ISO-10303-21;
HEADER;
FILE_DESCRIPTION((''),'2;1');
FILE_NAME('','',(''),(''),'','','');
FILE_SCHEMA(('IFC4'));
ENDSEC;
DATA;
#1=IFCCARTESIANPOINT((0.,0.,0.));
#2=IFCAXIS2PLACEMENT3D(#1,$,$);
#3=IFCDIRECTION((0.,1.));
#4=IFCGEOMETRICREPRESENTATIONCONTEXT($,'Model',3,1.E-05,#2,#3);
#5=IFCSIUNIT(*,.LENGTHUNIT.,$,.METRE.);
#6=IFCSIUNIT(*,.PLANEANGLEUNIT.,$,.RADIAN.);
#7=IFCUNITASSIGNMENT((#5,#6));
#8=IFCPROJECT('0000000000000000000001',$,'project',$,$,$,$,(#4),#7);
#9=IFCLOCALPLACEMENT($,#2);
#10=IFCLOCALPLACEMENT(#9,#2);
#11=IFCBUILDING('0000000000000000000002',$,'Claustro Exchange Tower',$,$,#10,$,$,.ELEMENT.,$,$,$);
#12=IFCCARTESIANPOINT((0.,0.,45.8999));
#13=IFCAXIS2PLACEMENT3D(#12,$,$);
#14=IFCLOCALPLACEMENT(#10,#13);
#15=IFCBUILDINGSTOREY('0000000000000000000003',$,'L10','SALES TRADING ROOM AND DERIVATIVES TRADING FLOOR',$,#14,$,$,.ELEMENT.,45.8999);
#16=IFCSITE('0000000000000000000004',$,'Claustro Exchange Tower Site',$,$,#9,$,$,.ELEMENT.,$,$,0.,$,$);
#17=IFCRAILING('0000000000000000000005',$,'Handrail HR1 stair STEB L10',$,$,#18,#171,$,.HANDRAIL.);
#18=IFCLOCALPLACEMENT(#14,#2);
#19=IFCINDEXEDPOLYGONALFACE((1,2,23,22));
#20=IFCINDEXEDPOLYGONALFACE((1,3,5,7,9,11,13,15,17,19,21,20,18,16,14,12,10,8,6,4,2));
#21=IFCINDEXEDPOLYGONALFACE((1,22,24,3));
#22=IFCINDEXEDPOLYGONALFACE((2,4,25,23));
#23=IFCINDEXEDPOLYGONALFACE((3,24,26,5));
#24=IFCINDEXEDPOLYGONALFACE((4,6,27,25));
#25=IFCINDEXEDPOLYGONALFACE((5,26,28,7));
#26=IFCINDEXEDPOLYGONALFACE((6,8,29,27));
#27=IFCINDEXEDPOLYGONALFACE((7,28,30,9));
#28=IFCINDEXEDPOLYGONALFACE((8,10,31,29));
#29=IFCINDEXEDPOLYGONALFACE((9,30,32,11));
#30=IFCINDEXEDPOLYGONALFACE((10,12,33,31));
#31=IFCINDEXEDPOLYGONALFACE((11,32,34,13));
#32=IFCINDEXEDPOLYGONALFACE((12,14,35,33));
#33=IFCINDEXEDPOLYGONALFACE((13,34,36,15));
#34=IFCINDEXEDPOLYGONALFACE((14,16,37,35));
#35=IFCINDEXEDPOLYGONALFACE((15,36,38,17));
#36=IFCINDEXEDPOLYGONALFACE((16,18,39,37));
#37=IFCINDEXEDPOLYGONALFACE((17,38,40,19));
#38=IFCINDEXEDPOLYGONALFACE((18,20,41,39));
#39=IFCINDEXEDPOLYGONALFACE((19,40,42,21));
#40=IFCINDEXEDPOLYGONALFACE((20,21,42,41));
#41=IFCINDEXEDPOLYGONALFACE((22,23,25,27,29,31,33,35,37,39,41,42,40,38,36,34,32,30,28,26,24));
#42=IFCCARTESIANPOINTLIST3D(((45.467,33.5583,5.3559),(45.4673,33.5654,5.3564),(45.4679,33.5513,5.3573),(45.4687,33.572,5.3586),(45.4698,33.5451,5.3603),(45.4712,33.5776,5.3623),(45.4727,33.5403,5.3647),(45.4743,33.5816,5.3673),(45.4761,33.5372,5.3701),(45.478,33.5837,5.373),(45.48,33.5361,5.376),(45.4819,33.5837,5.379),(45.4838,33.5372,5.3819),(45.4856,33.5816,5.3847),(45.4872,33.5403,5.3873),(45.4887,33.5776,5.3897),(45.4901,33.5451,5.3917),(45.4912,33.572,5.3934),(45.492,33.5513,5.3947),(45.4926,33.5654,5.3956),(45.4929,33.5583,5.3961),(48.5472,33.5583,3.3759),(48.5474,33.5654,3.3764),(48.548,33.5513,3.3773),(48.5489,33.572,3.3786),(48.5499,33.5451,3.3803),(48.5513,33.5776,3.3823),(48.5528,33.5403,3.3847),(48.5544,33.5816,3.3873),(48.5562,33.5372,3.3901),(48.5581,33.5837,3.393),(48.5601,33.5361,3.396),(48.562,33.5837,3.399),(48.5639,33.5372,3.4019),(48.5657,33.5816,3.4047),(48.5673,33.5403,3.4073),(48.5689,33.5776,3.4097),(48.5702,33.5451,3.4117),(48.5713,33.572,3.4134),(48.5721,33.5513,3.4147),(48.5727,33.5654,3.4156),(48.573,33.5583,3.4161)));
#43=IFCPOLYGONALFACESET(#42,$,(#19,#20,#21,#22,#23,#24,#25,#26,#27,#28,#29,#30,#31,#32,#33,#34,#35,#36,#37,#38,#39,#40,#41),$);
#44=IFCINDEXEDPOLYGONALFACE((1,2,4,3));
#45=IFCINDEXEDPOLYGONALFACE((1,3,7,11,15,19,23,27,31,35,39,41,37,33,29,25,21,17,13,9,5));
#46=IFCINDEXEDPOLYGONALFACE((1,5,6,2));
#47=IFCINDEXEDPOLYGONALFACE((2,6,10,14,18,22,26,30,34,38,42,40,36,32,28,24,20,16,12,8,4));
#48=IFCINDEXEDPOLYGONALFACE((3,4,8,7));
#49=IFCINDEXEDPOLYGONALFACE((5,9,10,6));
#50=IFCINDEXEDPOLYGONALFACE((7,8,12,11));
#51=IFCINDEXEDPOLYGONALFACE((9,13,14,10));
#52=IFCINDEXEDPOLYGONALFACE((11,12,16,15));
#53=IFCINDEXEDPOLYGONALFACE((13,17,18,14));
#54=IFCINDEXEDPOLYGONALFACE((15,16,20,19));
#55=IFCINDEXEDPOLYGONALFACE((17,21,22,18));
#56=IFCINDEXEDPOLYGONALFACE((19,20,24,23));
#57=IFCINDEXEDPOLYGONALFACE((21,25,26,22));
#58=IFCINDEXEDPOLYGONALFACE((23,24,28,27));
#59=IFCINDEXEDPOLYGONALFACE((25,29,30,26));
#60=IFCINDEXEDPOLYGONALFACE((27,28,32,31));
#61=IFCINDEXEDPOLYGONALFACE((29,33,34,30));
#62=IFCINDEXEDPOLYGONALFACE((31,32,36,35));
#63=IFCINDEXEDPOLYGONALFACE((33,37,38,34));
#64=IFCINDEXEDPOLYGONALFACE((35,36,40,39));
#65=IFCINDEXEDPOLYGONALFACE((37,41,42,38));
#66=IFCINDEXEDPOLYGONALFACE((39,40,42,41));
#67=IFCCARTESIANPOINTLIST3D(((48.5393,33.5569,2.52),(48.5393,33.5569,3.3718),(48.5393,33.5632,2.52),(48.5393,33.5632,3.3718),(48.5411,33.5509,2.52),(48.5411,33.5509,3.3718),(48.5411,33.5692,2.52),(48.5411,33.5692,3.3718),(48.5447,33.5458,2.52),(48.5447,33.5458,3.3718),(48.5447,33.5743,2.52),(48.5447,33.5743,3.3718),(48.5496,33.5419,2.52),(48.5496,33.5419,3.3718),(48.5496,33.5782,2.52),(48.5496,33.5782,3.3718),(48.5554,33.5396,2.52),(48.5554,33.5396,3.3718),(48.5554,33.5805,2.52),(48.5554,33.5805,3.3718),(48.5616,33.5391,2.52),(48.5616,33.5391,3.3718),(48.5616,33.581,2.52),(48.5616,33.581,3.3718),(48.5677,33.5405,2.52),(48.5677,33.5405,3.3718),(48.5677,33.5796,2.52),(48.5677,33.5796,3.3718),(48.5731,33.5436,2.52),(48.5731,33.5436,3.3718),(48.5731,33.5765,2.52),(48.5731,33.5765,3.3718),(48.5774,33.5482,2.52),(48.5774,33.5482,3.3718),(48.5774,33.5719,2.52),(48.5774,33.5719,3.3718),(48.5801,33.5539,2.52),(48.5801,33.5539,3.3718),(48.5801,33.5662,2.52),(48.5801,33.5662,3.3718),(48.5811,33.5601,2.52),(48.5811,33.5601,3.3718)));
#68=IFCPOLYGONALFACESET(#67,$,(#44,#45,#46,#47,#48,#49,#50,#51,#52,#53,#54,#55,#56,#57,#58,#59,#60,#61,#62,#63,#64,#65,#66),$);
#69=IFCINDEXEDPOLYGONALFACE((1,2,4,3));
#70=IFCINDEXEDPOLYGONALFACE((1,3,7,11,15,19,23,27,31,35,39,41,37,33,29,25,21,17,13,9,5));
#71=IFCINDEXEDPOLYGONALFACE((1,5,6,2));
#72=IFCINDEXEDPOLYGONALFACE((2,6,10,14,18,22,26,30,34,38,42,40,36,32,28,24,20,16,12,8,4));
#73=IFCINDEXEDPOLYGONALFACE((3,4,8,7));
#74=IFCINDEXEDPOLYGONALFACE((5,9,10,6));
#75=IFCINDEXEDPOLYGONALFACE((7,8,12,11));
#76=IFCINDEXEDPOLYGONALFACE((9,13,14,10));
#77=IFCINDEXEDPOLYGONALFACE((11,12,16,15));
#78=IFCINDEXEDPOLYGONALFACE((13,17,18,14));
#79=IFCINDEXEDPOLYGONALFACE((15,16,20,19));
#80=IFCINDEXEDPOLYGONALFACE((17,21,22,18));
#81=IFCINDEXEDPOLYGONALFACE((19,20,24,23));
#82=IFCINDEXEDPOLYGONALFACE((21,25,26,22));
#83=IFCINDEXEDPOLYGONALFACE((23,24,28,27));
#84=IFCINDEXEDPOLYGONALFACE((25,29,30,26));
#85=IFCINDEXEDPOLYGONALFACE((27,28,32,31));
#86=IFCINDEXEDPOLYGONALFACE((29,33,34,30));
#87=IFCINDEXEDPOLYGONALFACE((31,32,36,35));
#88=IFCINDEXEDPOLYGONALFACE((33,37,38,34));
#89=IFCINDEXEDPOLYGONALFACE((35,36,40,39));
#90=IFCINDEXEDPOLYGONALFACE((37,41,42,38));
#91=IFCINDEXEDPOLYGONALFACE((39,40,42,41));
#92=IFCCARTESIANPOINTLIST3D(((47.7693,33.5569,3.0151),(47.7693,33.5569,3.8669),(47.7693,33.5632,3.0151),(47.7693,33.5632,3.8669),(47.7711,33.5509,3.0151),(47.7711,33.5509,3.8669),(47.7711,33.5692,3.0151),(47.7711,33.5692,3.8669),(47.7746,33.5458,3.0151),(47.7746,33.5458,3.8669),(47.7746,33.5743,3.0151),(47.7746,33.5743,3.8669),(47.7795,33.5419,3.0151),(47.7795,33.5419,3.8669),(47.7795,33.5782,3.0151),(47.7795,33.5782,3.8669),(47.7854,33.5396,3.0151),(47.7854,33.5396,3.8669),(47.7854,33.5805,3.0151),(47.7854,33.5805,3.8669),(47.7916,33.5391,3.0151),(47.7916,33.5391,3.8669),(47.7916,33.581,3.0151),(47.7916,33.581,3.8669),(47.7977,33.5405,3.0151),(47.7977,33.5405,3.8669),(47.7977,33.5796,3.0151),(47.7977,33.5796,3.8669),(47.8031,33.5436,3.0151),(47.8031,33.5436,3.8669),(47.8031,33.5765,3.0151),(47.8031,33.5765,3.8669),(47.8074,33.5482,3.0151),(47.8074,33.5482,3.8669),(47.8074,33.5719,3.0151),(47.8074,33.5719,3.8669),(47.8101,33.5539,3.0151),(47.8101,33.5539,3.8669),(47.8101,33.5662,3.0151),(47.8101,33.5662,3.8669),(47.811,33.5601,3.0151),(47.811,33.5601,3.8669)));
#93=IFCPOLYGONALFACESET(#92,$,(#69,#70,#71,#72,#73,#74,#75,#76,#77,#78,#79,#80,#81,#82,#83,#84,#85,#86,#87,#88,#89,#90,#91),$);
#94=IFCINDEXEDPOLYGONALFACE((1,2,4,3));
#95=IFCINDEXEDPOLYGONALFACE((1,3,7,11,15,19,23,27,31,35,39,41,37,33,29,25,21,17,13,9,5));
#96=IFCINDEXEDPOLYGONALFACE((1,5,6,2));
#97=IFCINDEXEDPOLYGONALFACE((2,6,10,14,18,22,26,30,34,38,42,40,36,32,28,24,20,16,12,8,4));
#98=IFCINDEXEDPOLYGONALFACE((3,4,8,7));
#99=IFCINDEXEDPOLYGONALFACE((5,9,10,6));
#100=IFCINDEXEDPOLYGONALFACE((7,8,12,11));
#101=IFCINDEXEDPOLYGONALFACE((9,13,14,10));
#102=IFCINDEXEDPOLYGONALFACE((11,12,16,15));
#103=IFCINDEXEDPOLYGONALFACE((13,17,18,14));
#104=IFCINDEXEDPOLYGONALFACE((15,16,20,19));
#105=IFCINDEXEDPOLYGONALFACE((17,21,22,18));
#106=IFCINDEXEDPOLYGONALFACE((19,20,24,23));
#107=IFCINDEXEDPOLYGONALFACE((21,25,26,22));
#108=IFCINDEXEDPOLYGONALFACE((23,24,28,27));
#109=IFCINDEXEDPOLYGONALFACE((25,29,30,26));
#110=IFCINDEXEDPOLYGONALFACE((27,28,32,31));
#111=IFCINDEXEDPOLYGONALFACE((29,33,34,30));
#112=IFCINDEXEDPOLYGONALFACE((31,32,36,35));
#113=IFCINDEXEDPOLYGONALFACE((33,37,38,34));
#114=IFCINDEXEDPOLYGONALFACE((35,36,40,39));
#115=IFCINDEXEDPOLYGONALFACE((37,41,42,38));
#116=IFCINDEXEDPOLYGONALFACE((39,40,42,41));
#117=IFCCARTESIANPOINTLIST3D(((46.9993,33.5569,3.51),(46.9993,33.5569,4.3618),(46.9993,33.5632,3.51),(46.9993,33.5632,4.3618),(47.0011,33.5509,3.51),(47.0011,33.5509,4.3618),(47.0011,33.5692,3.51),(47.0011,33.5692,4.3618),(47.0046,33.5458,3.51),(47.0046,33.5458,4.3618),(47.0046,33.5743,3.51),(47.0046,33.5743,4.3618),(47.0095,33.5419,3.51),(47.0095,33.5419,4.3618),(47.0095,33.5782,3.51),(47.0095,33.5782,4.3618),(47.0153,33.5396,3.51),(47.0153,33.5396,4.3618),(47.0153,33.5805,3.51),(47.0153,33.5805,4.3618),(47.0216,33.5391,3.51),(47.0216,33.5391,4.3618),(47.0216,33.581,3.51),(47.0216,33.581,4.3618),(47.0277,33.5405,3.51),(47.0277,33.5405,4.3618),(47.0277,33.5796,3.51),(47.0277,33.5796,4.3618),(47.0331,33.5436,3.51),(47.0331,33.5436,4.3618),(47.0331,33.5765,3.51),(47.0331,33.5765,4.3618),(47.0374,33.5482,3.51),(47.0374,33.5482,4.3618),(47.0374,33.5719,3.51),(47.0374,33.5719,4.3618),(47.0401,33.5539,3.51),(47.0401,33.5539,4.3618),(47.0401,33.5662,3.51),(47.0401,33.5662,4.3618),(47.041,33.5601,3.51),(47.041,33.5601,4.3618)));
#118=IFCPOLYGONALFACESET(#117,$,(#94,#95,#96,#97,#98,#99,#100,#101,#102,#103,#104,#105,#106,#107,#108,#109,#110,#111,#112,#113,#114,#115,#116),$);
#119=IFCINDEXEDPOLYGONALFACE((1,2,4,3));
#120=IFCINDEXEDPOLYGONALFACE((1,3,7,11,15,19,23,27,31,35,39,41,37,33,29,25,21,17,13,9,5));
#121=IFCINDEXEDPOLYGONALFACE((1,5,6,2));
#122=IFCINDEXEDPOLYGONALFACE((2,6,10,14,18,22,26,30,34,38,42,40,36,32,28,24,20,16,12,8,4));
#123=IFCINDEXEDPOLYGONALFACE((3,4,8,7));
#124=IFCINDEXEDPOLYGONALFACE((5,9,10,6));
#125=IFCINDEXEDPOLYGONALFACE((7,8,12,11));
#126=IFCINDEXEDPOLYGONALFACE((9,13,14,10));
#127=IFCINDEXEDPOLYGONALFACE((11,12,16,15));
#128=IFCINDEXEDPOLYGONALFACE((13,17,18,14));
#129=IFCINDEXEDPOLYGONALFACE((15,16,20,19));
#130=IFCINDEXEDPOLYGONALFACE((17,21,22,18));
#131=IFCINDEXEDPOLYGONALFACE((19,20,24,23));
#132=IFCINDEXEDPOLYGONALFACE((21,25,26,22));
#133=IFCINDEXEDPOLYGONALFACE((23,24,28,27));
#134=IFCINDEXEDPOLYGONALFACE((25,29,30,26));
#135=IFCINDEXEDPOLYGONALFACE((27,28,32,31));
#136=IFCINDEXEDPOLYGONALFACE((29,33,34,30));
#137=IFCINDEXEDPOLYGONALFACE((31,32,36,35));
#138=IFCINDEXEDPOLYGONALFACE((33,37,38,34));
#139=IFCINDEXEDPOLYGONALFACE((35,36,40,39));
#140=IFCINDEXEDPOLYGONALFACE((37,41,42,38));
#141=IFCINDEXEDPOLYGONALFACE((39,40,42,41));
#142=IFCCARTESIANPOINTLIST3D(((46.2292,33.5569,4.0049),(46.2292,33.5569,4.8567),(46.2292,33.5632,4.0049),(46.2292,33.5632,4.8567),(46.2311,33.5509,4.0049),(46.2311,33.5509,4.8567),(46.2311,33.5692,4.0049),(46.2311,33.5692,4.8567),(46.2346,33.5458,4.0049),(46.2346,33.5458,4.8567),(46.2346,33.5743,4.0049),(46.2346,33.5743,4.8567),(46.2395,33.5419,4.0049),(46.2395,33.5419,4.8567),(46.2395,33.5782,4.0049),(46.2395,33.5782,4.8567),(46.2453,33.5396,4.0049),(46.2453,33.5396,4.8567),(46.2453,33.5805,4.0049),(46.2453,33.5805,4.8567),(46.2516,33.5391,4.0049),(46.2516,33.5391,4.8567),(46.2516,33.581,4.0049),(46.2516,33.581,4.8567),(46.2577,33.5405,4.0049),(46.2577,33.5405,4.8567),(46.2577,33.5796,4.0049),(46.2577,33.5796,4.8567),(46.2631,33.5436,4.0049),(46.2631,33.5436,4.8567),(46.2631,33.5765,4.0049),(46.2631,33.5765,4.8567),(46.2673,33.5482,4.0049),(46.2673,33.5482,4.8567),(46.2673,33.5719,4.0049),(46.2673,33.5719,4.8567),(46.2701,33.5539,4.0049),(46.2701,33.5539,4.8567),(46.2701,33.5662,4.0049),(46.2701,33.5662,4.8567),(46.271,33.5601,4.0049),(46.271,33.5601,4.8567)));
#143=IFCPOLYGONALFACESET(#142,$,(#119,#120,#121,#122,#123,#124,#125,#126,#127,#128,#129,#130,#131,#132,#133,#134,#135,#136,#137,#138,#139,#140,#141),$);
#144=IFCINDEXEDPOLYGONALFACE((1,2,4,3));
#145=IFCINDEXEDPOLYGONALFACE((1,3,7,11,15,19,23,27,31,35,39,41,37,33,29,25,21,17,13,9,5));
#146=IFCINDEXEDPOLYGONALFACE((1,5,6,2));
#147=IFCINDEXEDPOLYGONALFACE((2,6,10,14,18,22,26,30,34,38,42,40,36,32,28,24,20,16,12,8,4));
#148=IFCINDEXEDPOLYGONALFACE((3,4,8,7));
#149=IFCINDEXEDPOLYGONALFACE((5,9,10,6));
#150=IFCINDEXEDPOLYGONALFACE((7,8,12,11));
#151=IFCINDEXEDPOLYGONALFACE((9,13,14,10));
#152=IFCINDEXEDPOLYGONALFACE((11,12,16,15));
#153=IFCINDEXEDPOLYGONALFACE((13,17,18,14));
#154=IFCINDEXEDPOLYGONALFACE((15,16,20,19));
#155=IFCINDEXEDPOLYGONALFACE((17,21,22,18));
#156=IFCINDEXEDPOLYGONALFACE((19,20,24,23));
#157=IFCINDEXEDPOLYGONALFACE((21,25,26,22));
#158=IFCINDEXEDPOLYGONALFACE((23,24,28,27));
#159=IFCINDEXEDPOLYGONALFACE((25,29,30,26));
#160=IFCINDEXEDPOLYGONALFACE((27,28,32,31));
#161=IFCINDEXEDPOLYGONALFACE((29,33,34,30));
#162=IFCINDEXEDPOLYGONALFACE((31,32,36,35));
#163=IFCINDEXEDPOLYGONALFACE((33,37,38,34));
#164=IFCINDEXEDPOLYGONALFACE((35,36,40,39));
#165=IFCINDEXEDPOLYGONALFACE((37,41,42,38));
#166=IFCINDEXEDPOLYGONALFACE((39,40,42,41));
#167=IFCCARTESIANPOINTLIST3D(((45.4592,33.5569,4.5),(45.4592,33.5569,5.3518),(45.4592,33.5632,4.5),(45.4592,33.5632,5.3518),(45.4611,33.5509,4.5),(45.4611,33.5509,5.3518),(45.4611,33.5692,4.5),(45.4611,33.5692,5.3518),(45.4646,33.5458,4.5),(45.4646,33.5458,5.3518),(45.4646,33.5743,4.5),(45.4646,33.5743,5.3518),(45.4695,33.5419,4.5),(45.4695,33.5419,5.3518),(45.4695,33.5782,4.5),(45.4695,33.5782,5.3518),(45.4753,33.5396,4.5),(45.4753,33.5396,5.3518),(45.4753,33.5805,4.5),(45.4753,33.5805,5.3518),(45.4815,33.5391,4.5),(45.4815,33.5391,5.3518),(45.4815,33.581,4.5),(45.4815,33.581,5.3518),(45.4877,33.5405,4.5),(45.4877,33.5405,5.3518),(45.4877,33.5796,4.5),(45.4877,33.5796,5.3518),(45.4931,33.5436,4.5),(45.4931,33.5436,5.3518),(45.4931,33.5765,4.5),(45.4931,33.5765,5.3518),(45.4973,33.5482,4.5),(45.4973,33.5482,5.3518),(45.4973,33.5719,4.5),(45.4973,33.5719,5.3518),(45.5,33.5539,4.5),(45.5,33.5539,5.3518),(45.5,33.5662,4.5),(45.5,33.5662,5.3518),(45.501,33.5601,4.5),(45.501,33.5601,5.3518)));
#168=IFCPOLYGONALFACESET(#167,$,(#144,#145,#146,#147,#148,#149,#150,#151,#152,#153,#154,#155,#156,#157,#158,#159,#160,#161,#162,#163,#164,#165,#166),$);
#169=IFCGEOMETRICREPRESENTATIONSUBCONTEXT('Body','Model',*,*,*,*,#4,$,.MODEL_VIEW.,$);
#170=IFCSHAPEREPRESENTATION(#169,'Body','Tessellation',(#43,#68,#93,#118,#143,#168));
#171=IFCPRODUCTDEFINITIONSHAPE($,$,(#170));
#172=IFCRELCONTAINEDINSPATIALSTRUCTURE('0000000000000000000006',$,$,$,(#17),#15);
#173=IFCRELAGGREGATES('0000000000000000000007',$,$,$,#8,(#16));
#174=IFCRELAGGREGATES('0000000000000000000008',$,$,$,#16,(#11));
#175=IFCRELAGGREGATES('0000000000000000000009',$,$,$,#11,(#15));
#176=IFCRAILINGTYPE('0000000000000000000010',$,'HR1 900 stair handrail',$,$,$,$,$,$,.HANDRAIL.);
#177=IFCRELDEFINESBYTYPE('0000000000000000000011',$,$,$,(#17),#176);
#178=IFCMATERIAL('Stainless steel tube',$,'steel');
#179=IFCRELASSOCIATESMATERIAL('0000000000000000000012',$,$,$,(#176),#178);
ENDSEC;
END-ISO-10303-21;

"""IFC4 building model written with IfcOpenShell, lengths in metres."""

from ifc_helpers import new_model, si_unit, direction, frame, origin, origin_2d, place, context, subcontext, project, spatial, circle, extrude, material, type_object, element, save


model = new_model("IFC4")

# Units and contexts
model_context = context("Model", 3, precision=1e-05, world=origin(), true_north=direction((0.0, 1.0)))
body_context = subcontext(model_context, "Body", "Model", "MODEL_VIEW")
ifc_project = project(units=[si_unit("LENGTHUNIT", "METRE"), si_unit("PLANEANGLEUNIT", "RADIAN")], contexts=[model_context])

# Site, building, storey
site_placement = place(None, origin())
site = spatial("IfcSite", under=ifc_project, at=site_placement, Name="Claustro Exchange Tower Site", CompositionType="ELEMENT", RefElevation=0.0)
building_placement = place(site_placement, origin())
building = spatial("IfcBuilding", under=site, at=building_placement, Name="Claustro Exchange Tower", CompositionType="ELEMENT")
storey_placement = place(building_placement, frame((0.0, 0.0, 45.8999)))
storey = spatial("IfcBuildingStorey", under=building, at=storey_placement, Name="L10", Description="SALES TRADING ROOM AND DERIVATIVES TRADING FLOOR", CompositionType="ELEMENT", Elevation=45.8999)

# Railing
ifc_material_1 = material(Name="Stainless steel tube", Category="steel")
railing_type_1 = type_object("IfcRailingType", Name="HR1 900 stair handrail", PredefinedType="HANDRAIL", material=ifc_material_1)
railing_1_placement = place(storey_placement, frame((48.5601, 33.5601, 2.52)))
element("IfcRailing", 1, at=railing_1_placement, inside=storey, type_object=railing_type_1, Name="Handrail HR1 stair STEB L10", PredefinedType="HANDRAIL", context=body_context, shape_type="SweptSolid", body=[
    extrude(circle(Radius=0.0239, at=origin_2d()), frame((0.0, 0.0, 0.876), z_axis=(-0.841187, 0.0, 0.540744), x_axis=(0.0, -1.0, 0.0)), (0.0, 0.0, 1.0), 3.6616),
    extrude(circle(Radius=0.021, at=origin_2d()), origin(), (0.0, 0.0, 1.0), 0.8518),
    extrude(circle(Radius=0.021, at=origin_2d()), frame((-0.77, 0.0, 0.4951)), (0.0, 0.0, 1.0), 0.8518),
    extrude(circle(Radius=0.021, at=origin_2d()), frame((-1.54, 0.0, 0.99)), (0.0, 0.0, 1.0), 0.8518),
    extrude(circle(Radius=0.021, at=origin_2d()), frame((-2.3101, 0.0, 1.4849)), (0.0, 0.0, 1.0), 0.8518),
    extrude(circle(Radius=0.021, at=origin_2d()), frame((-3.0801, 0.0, 1.98)), (0.0, 0.0, 1.0), 0.8518),
])

save(model, "model.ifc")
